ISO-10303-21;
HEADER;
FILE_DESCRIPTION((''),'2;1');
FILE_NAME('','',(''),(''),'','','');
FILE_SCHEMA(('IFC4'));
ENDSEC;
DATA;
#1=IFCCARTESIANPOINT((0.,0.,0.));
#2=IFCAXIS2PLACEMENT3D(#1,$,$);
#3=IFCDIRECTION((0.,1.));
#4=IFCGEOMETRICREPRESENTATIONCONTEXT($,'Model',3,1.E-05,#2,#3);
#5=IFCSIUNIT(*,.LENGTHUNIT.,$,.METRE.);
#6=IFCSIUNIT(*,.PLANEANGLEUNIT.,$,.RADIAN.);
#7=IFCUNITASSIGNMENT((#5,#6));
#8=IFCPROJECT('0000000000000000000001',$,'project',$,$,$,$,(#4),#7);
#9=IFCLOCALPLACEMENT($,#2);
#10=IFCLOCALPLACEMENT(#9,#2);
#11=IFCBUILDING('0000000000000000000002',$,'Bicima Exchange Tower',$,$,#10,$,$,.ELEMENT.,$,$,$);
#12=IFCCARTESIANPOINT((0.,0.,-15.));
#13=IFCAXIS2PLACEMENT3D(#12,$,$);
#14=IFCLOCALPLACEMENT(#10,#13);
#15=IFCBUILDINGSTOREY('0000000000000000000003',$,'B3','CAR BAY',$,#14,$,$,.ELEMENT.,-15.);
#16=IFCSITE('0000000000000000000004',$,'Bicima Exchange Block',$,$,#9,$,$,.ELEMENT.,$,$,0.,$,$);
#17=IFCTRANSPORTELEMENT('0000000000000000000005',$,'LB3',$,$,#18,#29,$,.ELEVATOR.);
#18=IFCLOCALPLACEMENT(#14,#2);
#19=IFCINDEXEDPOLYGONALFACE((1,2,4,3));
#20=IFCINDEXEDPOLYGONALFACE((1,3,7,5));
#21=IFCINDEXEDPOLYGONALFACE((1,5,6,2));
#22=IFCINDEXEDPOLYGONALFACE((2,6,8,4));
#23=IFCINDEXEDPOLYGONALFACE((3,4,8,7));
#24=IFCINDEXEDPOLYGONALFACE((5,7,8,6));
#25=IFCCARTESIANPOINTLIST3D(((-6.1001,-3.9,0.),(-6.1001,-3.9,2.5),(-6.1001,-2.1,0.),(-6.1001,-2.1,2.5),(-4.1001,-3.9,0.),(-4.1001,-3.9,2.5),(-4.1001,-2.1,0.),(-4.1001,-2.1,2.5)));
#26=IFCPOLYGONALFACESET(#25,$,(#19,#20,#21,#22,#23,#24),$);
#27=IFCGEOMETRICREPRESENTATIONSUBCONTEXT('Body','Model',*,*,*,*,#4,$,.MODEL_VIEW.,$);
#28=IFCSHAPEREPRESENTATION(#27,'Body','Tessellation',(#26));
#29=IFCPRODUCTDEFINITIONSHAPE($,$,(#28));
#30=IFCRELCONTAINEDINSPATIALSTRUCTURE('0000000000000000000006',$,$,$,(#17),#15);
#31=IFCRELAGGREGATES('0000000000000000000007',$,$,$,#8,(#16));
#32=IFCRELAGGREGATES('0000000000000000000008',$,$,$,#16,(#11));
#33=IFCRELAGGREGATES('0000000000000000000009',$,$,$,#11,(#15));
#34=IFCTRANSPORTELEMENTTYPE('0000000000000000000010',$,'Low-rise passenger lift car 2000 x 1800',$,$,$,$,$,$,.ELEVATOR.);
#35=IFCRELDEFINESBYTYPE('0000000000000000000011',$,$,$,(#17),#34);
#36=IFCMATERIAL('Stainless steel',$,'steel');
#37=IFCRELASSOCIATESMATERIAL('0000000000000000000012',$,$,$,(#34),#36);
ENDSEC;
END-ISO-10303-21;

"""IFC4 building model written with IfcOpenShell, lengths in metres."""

from ifc_helpers import new_model, si_unit, direction, frame, origin, origin_2d, place, context, subcontext, project, spatial, rectangle, extrude, material, type_object, element, save


model = new_model("IFC4")

# Units and contexts
model_context = context("Model", 3, precision=1e-05, world=origin(), true_north=direction((0.0, 1.0)))
body_context = subcontext(model_context, "Body", "Model", "MODEL_VIEW")
ifc_project = project(units=[si_unit("LENGTHUNIT", "METRE"), si_unit("PLANEANGLEUNIT", "RADIAN")], contexts=[model_context])

# Site, building, storey
site_placement = place(None, origin())
site = spatial("IfcSite", under=ifc_project, at=site_placement, Name="Bicima Exchange Block", CompositionType="ELEMENT", RefElevation=0.0)
building_placement = place(site_placement, origin())
building = spatial("IfcBuilding", under=site, at=building_placement, Name="Bicima Exchange Tower", CompositionType="ELEMENT")
storey_placement = place(building_placement, frame((0.0, 0.0, -15.0)))
storey = spatial("IfcBuildingStorey", under=building, at=storey_placement, Name="B3", Description="CAR BAY", CompositionType="ELEMENT", Elevation=-15.0)

# Shared definitions
ifc_material_1 = material(Name="Stainless steel", Category="steel")

# Transport element
transport_element_type_1 = type_object("IfcTransportElementType", Name="Low-rise passenger lift car 2000 x 1800", PredefinedType="ELEVATOR", material=ifc_material_1)
for number, where, z_axis, x_axis, name in (
    (1, (-5.1001, -3.0, 0.0), (0.0, 0.0, 1.0), (1.0, 0.0, 0.0), "LB3"),
):
    element("IfcTransportElement", number, at=place(storey_placement, frame(where, z_axis=z_axis, x_axis=x_axis)), inside=storey, type_object=transport_element_type_1, Name=name, PredefinedType="ELEVATOR", context=body_context, shape_type="SweptSolid", body=[
        extrude(rectangle(XDim=2.0, YDim=1.8, at=origin_2d()), origin(), (0.0, 0.0, 1.0), 2.5),
    ])

save(model, "model.ifc")
